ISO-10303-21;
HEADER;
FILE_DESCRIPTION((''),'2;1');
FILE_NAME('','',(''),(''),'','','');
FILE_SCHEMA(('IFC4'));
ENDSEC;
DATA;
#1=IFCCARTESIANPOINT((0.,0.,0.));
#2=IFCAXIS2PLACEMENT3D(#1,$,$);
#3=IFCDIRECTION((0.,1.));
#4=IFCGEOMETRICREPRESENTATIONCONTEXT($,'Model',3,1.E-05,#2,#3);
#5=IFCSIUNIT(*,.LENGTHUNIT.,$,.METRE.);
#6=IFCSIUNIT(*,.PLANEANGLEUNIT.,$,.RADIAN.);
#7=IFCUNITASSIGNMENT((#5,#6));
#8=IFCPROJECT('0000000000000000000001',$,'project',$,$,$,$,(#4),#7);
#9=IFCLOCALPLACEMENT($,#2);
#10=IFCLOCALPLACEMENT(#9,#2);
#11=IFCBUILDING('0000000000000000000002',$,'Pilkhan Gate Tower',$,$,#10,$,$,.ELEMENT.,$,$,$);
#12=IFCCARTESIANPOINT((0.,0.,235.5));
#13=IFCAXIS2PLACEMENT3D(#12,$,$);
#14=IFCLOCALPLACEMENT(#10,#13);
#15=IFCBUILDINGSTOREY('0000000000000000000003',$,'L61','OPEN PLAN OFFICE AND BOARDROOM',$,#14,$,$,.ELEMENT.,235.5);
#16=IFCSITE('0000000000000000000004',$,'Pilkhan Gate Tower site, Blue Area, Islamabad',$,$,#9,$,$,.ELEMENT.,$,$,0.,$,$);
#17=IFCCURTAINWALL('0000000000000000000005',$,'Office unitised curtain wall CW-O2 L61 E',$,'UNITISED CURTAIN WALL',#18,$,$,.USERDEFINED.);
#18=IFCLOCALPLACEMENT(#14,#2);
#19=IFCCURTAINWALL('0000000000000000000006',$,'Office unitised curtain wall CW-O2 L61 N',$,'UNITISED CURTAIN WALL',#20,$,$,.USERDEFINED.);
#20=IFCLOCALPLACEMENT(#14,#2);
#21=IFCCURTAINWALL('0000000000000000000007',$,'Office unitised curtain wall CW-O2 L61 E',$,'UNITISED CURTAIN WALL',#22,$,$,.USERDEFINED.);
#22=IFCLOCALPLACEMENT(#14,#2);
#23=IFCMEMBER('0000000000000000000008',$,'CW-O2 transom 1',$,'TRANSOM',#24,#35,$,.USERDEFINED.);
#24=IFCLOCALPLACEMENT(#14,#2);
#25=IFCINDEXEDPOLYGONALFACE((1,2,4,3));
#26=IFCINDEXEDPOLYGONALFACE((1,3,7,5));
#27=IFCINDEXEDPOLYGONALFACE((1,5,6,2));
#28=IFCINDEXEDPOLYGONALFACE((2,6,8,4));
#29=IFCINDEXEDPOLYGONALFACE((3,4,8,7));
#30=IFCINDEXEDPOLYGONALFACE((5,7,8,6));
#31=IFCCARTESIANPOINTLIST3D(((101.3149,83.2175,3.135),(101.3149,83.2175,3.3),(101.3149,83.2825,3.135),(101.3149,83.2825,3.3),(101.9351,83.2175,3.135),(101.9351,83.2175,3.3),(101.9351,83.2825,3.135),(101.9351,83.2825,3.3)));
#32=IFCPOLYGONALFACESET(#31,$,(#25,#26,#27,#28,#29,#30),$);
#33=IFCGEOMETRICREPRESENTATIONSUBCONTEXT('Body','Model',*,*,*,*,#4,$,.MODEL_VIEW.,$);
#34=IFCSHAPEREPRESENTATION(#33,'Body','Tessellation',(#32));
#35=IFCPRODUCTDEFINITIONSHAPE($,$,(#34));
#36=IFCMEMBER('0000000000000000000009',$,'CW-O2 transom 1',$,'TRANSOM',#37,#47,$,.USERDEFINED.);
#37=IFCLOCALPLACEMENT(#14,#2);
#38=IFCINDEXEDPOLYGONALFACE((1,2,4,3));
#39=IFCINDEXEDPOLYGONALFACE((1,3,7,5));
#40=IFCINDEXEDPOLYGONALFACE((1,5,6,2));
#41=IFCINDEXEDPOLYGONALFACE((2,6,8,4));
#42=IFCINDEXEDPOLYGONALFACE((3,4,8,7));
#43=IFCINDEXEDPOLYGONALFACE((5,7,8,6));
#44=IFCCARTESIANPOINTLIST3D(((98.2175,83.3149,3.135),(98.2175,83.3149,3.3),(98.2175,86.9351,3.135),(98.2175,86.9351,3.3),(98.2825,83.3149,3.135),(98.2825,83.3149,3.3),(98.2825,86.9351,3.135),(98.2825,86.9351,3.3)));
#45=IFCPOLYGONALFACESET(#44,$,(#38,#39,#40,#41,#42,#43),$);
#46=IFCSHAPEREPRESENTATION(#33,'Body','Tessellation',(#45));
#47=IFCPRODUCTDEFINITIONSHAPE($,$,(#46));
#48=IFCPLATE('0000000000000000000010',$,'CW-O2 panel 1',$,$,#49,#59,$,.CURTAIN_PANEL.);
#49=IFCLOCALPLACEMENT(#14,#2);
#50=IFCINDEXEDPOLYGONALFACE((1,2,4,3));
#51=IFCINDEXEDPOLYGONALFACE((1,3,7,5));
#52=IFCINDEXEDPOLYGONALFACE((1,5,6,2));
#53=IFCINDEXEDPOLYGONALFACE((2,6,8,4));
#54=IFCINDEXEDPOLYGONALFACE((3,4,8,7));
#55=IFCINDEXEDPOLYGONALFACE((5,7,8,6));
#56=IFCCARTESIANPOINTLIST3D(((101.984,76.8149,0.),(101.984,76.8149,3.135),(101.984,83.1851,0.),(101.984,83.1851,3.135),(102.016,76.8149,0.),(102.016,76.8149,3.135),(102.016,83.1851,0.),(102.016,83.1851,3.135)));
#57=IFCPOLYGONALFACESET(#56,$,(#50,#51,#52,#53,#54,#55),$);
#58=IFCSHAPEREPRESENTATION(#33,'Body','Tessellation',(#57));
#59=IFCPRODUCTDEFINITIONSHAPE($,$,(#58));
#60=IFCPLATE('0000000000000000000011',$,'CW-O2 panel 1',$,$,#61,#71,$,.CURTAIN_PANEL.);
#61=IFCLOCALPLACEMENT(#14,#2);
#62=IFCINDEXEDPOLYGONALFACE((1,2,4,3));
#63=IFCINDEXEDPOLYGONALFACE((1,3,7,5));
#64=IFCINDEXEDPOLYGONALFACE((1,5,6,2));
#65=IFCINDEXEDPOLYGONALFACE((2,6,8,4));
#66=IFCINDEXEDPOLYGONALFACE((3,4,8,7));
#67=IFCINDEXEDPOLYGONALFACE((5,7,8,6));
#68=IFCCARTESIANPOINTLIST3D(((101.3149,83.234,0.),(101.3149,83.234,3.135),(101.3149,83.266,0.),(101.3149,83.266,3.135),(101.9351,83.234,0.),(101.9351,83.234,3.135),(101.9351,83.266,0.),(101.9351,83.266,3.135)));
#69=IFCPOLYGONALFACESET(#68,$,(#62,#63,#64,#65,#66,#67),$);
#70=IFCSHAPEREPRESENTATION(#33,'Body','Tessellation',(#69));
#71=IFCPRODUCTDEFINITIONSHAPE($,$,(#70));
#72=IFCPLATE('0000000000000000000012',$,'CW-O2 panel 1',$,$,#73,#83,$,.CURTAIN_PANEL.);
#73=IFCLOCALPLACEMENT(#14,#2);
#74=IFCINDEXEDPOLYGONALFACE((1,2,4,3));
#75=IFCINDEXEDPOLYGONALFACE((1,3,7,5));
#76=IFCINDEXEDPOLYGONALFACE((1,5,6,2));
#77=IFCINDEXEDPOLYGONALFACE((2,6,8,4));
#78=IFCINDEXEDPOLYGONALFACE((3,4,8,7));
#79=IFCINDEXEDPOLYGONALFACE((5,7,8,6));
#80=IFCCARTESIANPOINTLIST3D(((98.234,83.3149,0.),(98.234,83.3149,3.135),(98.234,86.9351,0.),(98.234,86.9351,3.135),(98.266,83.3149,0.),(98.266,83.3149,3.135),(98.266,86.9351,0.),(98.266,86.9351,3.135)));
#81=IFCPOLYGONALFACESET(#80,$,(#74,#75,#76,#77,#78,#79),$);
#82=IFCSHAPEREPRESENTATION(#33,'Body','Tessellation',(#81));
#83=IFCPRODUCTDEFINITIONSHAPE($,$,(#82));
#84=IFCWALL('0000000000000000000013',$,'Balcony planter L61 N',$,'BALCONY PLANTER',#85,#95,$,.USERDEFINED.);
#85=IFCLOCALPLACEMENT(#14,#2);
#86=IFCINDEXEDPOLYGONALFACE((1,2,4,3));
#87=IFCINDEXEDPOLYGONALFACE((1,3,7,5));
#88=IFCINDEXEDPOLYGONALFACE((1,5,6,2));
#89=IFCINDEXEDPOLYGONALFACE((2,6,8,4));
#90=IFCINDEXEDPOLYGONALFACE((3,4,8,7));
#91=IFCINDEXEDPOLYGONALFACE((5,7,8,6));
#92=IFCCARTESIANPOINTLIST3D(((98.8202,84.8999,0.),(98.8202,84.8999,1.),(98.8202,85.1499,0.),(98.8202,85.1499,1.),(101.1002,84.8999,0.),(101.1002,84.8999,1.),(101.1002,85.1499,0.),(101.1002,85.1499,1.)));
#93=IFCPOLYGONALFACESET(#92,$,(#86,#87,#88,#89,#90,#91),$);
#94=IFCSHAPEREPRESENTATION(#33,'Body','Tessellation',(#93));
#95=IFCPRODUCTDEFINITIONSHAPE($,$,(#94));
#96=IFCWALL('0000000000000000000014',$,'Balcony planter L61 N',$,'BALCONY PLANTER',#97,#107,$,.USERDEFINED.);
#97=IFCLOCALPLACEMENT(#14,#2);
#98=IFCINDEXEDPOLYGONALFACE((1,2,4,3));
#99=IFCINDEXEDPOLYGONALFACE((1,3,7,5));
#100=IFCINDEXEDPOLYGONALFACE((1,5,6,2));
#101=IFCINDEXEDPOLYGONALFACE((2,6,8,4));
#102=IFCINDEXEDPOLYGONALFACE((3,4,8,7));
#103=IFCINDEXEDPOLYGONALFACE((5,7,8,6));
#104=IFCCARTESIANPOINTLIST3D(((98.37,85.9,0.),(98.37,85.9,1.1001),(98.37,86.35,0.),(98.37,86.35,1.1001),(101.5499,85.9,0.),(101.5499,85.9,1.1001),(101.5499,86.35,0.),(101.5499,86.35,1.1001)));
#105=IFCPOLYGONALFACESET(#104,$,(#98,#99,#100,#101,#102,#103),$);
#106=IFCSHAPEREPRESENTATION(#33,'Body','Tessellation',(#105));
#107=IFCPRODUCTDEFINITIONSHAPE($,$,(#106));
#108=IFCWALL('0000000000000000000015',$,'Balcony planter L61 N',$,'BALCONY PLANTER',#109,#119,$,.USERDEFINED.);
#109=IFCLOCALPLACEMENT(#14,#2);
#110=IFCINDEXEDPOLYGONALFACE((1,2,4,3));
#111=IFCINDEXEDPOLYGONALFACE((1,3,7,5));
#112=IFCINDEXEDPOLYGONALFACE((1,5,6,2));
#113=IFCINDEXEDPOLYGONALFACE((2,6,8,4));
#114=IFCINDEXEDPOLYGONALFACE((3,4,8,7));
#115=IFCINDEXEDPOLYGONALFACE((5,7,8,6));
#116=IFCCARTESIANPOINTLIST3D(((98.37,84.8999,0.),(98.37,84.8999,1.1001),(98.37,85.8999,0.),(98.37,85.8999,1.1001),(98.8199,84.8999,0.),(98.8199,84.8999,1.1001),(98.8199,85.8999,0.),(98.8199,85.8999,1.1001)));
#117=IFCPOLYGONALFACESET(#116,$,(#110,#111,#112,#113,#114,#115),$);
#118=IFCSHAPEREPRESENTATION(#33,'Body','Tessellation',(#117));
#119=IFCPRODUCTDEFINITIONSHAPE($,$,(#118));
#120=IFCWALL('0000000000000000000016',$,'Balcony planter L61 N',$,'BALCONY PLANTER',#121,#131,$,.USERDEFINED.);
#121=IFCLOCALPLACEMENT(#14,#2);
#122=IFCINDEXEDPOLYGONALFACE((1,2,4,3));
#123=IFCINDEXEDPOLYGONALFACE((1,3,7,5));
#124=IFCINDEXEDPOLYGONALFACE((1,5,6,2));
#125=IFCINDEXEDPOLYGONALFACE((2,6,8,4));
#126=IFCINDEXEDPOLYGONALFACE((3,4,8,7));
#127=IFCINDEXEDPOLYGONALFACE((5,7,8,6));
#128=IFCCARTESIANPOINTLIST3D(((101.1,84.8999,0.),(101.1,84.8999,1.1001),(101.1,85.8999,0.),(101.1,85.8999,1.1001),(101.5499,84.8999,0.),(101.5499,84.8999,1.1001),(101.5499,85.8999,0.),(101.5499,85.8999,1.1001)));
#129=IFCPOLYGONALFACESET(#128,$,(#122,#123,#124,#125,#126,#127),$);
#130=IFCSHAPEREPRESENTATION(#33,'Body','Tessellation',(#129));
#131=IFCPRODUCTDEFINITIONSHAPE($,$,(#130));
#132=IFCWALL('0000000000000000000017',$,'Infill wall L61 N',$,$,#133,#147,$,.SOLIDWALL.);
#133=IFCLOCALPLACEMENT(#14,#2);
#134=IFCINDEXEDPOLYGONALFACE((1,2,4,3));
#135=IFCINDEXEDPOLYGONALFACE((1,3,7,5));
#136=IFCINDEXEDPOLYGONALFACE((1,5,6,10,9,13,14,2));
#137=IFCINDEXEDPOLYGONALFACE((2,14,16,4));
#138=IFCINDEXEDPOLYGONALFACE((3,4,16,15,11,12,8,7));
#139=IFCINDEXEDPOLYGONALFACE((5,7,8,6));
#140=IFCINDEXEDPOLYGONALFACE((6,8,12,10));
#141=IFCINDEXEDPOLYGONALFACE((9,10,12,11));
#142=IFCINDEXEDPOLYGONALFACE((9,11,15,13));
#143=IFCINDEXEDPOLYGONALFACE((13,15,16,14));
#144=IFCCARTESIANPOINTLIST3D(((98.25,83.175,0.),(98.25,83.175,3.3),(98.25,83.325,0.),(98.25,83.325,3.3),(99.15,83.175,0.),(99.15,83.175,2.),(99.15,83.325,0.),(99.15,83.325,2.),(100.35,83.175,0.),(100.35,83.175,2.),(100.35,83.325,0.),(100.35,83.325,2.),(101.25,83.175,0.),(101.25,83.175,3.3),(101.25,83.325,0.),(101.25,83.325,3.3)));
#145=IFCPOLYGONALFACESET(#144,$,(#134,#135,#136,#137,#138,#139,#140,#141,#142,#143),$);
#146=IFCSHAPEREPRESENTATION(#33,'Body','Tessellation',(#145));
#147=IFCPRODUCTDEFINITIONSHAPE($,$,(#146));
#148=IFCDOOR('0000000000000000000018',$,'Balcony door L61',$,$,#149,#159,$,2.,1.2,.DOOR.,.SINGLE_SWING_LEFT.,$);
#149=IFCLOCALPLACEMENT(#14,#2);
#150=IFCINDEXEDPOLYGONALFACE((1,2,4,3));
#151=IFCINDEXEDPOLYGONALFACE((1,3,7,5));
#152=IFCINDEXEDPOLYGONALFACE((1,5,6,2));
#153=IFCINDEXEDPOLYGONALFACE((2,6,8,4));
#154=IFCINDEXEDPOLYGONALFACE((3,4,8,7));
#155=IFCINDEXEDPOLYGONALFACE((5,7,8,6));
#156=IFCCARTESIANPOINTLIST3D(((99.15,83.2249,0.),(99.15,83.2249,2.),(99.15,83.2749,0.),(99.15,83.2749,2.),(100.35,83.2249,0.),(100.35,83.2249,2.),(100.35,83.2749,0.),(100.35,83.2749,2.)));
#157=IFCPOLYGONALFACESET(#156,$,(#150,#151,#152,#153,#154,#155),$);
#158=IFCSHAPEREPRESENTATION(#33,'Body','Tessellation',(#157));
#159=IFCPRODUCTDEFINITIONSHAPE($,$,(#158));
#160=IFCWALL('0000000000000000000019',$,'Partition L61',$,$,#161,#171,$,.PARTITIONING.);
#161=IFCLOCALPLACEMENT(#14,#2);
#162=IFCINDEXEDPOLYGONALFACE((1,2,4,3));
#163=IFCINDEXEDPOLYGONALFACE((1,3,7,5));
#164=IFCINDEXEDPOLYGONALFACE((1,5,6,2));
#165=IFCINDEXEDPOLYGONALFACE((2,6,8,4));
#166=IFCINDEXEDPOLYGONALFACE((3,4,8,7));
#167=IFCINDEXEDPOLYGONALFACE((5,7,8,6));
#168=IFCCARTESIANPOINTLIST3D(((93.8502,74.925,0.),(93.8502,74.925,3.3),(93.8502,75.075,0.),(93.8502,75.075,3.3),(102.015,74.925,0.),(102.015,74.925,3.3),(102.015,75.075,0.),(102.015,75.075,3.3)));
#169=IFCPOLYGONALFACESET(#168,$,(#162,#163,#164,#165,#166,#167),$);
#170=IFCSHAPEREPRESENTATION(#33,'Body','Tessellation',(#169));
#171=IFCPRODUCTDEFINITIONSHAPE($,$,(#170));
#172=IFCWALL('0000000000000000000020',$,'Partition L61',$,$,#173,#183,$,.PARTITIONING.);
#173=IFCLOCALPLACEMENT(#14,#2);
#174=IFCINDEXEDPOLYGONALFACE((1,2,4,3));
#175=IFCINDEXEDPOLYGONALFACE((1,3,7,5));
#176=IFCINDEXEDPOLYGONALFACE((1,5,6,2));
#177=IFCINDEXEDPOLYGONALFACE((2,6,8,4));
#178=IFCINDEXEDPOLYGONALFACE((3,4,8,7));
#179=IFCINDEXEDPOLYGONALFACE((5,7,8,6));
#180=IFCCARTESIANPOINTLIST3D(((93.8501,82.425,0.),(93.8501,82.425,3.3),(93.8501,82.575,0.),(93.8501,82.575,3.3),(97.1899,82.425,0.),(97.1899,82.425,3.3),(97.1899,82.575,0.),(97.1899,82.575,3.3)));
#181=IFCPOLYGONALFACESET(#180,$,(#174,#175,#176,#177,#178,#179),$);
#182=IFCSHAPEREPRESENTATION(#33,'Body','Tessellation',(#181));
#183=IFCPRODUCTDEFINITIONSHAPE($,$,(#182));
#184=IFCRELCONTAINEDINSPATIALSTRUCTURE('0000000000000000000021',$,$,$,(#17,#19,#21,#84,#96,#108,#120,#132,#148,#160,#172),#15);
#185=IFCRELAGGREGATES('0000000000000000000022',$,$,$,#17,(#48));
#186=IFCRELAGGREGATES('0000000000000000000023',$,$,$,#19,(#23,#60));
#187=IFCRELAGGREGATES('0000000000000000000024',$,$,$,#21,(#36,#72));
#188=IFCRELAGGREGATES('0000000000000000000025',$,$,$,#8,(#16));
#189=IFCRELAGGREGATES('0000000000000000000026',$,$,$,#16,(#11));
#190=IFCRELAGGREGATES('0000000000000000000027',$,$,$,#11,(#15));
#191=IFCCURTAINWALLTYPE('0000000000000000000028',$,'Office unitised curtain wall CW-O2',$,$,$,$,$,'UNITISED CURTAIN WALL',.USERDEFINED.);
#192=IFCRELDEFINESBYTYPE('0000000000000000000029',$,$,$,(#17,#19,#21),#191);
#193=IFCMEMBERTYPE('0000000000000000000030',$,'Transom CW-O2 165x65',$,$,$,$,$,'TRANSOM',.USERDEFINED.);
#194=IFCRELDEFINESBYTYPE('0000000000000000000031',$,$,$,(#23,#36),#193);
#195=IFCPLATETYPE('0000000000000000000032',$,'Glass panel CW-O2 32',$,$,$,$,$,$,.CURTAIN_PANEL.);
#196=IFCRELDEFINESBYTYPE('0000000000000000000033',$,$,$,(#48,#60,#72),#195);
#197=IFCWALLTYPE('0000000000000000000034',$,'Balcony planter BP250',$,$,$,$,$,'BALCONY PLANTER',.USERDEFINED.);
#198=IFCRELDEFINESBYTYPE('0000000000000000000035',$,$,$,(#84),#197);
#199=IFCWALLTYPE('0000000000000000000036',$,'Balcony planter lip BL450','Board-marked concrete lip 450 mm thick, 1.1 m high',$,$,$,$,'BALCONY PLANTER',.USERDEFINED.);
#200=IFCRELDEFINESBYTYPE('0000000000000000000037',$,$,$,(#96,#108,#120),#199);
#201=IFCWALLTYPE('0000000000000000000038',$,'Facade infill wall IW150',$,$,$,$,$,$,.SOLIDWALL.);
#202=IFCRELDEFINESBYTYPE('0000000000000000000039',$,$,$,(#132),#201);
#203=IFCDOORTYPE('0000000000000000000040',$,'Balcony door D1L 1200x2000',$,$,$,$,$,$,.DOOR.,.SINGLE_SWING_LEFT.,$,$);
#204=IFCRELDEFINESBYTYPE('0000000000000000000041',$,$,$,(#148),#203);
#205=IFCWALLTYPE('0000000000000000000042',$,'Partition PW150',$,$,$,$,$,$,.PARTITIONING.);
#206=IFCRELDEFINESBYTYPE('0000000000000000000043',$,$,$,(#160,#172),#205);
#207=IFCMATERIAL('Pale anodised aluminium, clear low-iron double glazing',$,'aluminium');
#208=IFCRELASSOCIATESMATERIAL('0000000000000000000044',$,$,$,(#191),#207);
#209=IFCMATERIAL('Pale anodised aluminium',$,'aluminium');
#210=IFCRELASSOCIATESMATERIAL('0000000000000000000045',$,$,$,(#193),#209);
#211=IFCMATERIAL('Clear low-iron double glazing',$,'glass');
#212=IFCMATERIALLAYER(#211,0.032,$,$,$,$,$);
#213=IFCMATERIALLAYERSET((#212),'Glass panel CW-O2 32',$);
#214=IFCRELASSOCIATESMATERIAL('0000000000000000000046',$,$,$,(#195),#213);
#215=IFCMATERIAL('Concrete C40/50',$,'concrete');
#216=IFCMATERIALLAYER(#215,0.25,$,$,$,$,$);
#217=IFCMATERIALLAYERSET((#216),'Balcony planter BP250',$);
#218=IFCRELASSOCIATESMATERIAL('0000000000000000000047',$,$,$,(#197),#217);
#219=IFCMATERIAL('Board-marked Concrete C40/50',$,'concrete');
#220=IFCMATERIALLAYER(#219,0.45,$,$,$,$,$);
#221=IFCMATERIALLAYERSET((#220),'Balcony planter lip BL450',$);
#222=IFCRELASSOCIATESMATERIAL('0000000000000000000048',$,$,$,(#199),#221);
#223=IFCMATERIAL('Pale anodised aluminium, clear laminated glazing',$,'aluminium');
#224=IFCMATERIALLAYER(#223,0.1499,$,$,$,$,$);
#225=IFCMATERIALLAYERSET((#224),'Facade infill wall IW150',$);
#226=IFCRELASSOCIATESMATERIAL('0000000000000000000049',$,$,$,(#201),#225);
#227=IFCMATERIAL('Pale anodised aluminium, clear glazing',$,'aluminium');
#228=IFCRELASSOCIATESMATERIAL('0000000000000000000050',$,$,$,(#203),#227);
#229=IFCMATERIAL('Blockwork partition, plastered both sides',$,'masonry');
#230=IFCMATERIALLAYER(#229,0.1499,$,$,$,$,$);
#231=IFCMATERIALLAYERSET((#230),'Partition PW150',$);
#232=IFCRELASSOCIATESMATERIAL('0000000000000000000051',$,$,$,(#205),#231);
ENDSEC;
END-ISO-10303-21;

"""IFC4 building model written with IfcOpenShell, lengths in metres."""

from ifc_helpers import new_model, si_unit, direction, frame, frame_2d, origin, origin_2d, place, context, subcontext, project, spatial, rectangle, extrude, material, layer, layer_set, material_profile, profile_set, type_object, element, fill, aggregate, save


model = new_model("IFC4")

# Units and contexts
model_context = context("Model", 3, precision=1e-05, world=origin(), true_north=direction((0.0, 1.0)))
body_context = subcontext(model_context, "Body", "Model", "MODEL_VIEW")
ifc_project = project(units=[si_unit("LENGTHUNIT", "METRE"), si_unit("PLANEANGLEUNIT", "RADIAN")], contexts=[model_context])

# Site, building, storey
site_placement = place(None, origin())
site = spatial("IfcSite", under=ifc_project, at=site_placement, Name="Pilkhan Gate Tower site, Blue Area, Islamabad", CompositionType="ELEMENT", RefElevation=0.0)
building_placement = place(site_placement, origin())
building = spatial("IfcBuilding", under=site, at=building_placement, Name="Pilkhan Gate Tower", CompositionType="ELEMENT")
storey_placement = place(building_placement, frame((0.0, 0.0, 235.5)))
storey = spatial("IfcBuildingStorey", under=building, at=storey_placement, Name="L61", Description="OPEN PLAN OFFICE AND BOARDROOM", CompositionType="ELEMENT", Elevation=235.5)

# Shared definitions
ifc_material_1 = material(Name="Pale anodised aluminium, clear low-iron double glazing", Category="aluminium")
curtain_wall_type = type_object("IfcCurtainWallType", Name="Office unitised curtain wall CW-O2", ElementType="UNITISED CURTAIN WALL", PredefinedType="USERDEFINED", material=ifc_material_1)
ifc_material_2 = material(Name="Pale anodised aluminium", Category="aluminium")

# Curtain walls
curtain_wall_1_placement = place(storey_placement, origin())
curtain_wall_1 = element("IfcCurtainWall", 1, at=curtain_wall_1_placement, inside=storey, type_object=curtain_wall_type, Name="Office unitised curtain wall CW-O2 L61 E", ObjectType="UNITISED CURTAIN WALL", PredefinedType="USERDEFINED")
curtain_wall_2_placement = place(storey_placement, origin())
curtain_wall_2 = element("IfcCurtainWall", 2, at=curtain_wall_2_placement, inside=storey, type_object=curtain_wall_type, Name="Office unitised curtain wall CW-O2 L61 N", ObjectType="UNITISED CURTAIN WALL", PredefinedType="USERDEFINED")

# Curtain wall
curtain_wall_3_placement = place(storey_placement, origin())
curtain_wall_3 = element("IfcCurtainWall", 3, at=curtain_wall_3_placement, inside=storey, type_object=curtain_wall_type, Name="Office unitised curtain wall CW-O2 L61 E", ObjectType="UNITISED CURTAIN WALL", PredefinedType="USERDEFINED")

# Members
ifc_material_profile_1 = material_profile(ifc_material_2, rectangle(XDim=0.0649, YDim=0.165, at=origin_2d()), Name="Transom 165x65")
ifc_profile_set_1 = profile_set([ifc_material_profile_1], Name="Pale anodised aluminium")
member_type_1 = type_object("IfcMemberType", Name="Transom CW-O2 165x65", ElementType="TRANSOM", PredefinedType="USERDEFINED", material=ifc_profile_set_1)
member_1_placement = place(storey_placement, frame((101.3149, 83.25, 3.2175), z_axis=(1.0, 0.0, 0.0), x_axis=(0.0, 1.0, 0.0)))
member_1 = element("IfcMember", 4, at=member_1_placement, type_object=member_type_1, Name="CW-O2 transom 1", ObjectType="TRANSOM", PredefinedType="USERDEFINED", context=body_context, shape_type="SweptSolid", body=[
    extrude(rectangle(XDim=0.0649, YDim=0.165, at=origin_2d()), origin(), (0.0, 0.0, 1.0), 0.6201),
])
member_2_placement = place(storey_placement, frame((98.25, 83.3149, 3.2175), z_axis=(0.0, 1.0, 0.0), x_axis=(-1.0, 0.0, 0.0)))
member_2 = element("IfcMember", 5, at=member_2_placement, type_object=member_type_1, Name="CW-O2 transom 1", ObjectType="TRANSOM", PredefinedType="USERDEFINED", context=body_context, shape_type="SweptSolid", body=[
    extrude(rectangle(XDim=0.0649, YDim=0.165, at=origin_2d()), origin(), (0.0, 0.0, 1.0), 3.6201),
])

# Plates
ifc_material_3 = material(Name="Clear low-iron double glazing", Category="glass")
ifc_layer_1 = layer(ifc_material_3, 0.032)
ifc_layer_set_1 = layer_set([ifc_layer_1], Name="Glass panel CW-O2 32")
plate_type = type_object("IfcPlateType", Name="Glass panel CW-O2 32", PredefinedType="CURTAIN_PANEL", material=ifc_layer_set_1)
plate_1_placement = place(storey_placement, frame((102.0, 80.0, 0.0), z_axis=(0.0, 0.0, 1.0), x_axis=(0.0, 1.0, 0.0)))
plate_1 = element("IfcPlate", 6, at=plate_1_placement, type_object=plate_type, Name="CW-O2 panel 1", PredefinedType="CURTAIN_PANEL", context=body_context, shape_type="SweptSolid", body=[
    extrude(rectangle(XDim=6.3701, YDim=0.032, at=origin_2d()), origin(), (0.0, 0.0, 1.0), 3.135),
])
aggregate(curtain_wall_1, [plate_1])
plate_2_placement = place(storey_placement, frame((101.625, 83.25, 0.0), z_axis=(0.0, 0.0, 1.0), x_axis=(1.0, 0.0, 0.0)))
plate_2 = element("IfcPlate", 7, at=plate_2_placement, type_object=plate_type, Name="CW-O2 panel 1", PredefinedType="CURTAIN_PANEL", context=body_context, shape_type="SweptSolid", body=[
    extrude(rectangle(XDim=0.6201, YDim=0.032, at=origin_2d()), origin(), (0.0, 0.0, 1.0), 3.135),
])
aggregate(curtain_wall_2, [member_1, plate_2])
plate_3_placement = place(storey_placement, frame((98.25, 85.125, 0.0), z_axis=(0.0, 0.0, 1.0), x_axis=(0.0, 1.0, 0.0)))
plate_3 = element("IfcPlate", 8, at=plate_3_placement, type_object=plate_type, Name="CW-O2 panel 1", PredefinedType="CURTAIN_PANEL", context=body_context, shape_type="SweptSolid", body=[
    extrude(rectangle(XDim=3.6201, YDim=0.032, at=origin_2d()), origin(), (0.0, 0.0, 1.0), 3.135),
])
aggregate(curtain_wall_3, [member_2, plate_3])

# Walls
ifc_material_4 = material(Name="Concrete C40/50", Category="concrete")
ifc_layer_2 = layer(ifc_material_4, 0.25)
ifc_layer_set_2 = layer_set([ifc_layer_2], Name="Balcony planter BP250")
wall_type_1 = type_object("IfcWallType", Name="Balcony planter BP250", ElementType="BALCONY PLANTER", PredefinedType="USERDEFINED", material=ifc_layer_set_2)
wall_1_placement = place(storey_placement, frame((98.8201, 85.0249, 0.0), z_axis=(0.0, 0.0, 1.0), x_axis=(1.0, 0.0, 0.0)))
element("IfcWall", 9, at=wall_1_placement, inside=storey, type_object=wall_type_1, Name="Balcony planter L61 N", ObjectType="BALCONY PLANTER", PredefinedType="USERDEFINED", context=body_context, shape_type="SweptSolid", body=[
    extrude(rectangle(XDim=2.28, YDim=0.25, at=frame_2d((1.1401, 0.0))), origin(), (0.0, 0.0, 1.0), 1.0),
])
ifc_material_5 = material(Name="Board-marked Concrete C40/50", Category="concrete")
ifc_layer_3 = layer(ifc_material_5, 0.45)
ifc_layer_set_3 = layer_set([ifc_layer_3], Name="Balcony planter lip BL450")
wall_type_2 = type_object("IfcWallType", Name="Balcony planter lip BL450", Description="Board-marked concrete lip 450 mm thick, 1.1 m high", ElementType="BALCONY PLANTER", PredefinedType="USERDEFINED", material=ifc_layer_set_3)
wall_2_placement = place(storey_placement, frame((98.3701, 86.125, 0.0), z_axis=(0.0, 0.0, 1.0), x_axis=(1.0, 0.0, 0.0)))
element("IfcWall", 10, at=wall_2_placement, inside=storey, type_object=wall_type_2, Name="Balcony planter L61 N", ObjectType="BALCONY PLANTER", PredefinedType="USERDEFINED", context=body_context, shape_type="SweptSolid", body=[
    extrude(rectangle(XDim=3.1799, YDim=0.45, at=frame_2d((1.5898, 0.0))), origin(), (0.0, 0.0, 1.0), 1.1001),
])
for number, where, z_axis, x_axis, name in (
    (11, (98.595, 84.8999, 0.0), (0.0, 0.0, 1.0), (0.0, 1.0, 0.0), "Balcony planter L61 N"),
    (12, (101.325, 84.8999, 0.0), (0.0, 0.0, 1.0), (0.0, 1.0, 0.0), "Balcony planter L61 N"),
):
    element("IfcWall", number, at=place(storey_placement, frame(where, z_axis=z_axis, x_axis=x_axis)), inside=storey, type_object=wall_type_2, Name=name, ObjectType="BALCONY PLANTER", PredefinedType="USERDEFINED", context=body_context, shape_type="SweptSolid", body=[
        extrude(rectangle(XDim=1.0, YDim=0.45, at=frame_2d((0.5, 0.0))), origin(), (0.0, 0.0, 1.0), 1.1001),
    ])

# Wall, opening, door
ifc_material_6 = material(Name="Pale anodised aluminium, clear laminated glazing", Category="aluminium")
ifc_layer_4 = layer(ifc_material_6, 0.1499)
ifc_layer_set_4 = layer_set([ifc_layer_4], Name="Facade infill wall IW150")
wall_type_3 = type_object("IfcWallType", Name="Facade infill wall IW150", PredefinedType="SOLIDWALL", material=ifc_layer_set_4)
wall_3_placement = place(storey_placement, frame((98.25, 83.25, 0.0), z_axis=(0.0, 0.0, 1.0), x_axis=(1.0, 0.0, 0.0)))
wall_3 = element("IfcWall", 13, at=wall_3_placement, inside=storey, type_object=wall_type_3, Name="Infill wall L61 N", PredefinedType="SOLIDWALL", context=body_context, shape_type="SweptSolid", body=[
    extrude(rectangle(XDim=3.0, YDim=0.1499, at=frame_2d((1.5, 0.0))), origin(), (0.0, 0.0, 1.0), 3.3),
])
opening_placement = place(wall_3_placement, frame((0.8999, 0.0, 0.0)))
opening = element("IfcOpeningElement", 14, at=opening_placement, cuts=wall_3, PredefinedType="OPENING", context=body_context, shape_type="SweptSolid", body=[
    extrude(rectangle(XDim=1.2, YDim=2.0, at=frame_2d((0.6001, 1.0))), frame((0.0, 0.085, 0.0), z_axis=(0.0, -1.0, 0.0), x_axis=(1.0, 0.0, 0.0)), (0.0, 0.0, 1.0), 0.1699),
])
ifc_material_7 = material(Name="Pale anodised aluminium, clear glazing", Category="aluminium")
door_type = type_object("IfcDoorType", Name="Balcony door D1L 1200x2000", OperationType="SINGLE_SWING_LEFT", PredefinedType="DOOR", material=ifc_material_7)
door_placement = place(opening_placement, origin())
door = element("IfcDoor", 15, at=door_placement, inside=storey, type_object=door_type, Name="Balcony door L61", OperationType="SINGLE_SWING_LEFT", OverallHeight=2.0, OverallWidth=1.2, PredefinedType="DOOR", context=body_context, shape_type="SweptSolid", body=[
    extrude(rectangle(XDim=1.2, YDim=2.0, at=frame_2d((0.6001, 1.0))), frame((0.0, 0.0249, 0.0), z_axis=(0.0, -1.0, 0.0), x_axis=(1.0, 0.0, 0.0)), (0.0, 0.0, 1.0), 0.05),
])
fill(opening, door)

# Walls
ifc_material_8 = material(Name="Blockwork partition, plastered both sides", Category="masonry")
ifc_layer_5 = layer(ifc_material_8, 0.1499)
ifc_layer_set_5 = layer_set([ifc_layer_5], Name="Partition PW150")
wall_type_4 = type_object("IfcWallType", Name="Partition PW150", PredefinedType="PARTITIONING", material=ifc_layer_set_5)
wall_4_placement = place(storey_placement, frame((93.8501, 75.0, 0.0), z_axis=(0.0, 0.0, 1.0), x_axis=(1.0, 0.0, 0.0)))
element("IfcWall", 16, at=wall_4_placement, inside=storey, type_object=wall_type_4, Name="Partition L61", PredefinedType="PARTITIONING", context=body_context, shape_type="SweptSolid", body=[
    extrude(rectangle(XDim=8.1648, YDim=0.1499, at=frame_2d((4.0825, 0.0))), origin(), (0.0, 0.0, 1.0), 3.3),
])
wall_5_placement = place(storey_placement, frame((93.8501, 82.5, 0.0), z_axis=(0.0, 0.0, 1.0), x_axis=(1.0, 0.0, 0.0)))
element("IfcWall", 17, at=wall_5_placement, inside=storey, type_object=wall_type_4, Name="Partition L61", PredefinedType="PARTITIONING", context=body_context, shape_type="SweptSolid", body=[
    extrude(rectangle(XDim=3.3398, YDim=0.1499, at=frame_2d((1.6699, 0.0))), origin(), (0.0, 0.0, 1.0), 3.3),
])

save(model, "model.ifc")
